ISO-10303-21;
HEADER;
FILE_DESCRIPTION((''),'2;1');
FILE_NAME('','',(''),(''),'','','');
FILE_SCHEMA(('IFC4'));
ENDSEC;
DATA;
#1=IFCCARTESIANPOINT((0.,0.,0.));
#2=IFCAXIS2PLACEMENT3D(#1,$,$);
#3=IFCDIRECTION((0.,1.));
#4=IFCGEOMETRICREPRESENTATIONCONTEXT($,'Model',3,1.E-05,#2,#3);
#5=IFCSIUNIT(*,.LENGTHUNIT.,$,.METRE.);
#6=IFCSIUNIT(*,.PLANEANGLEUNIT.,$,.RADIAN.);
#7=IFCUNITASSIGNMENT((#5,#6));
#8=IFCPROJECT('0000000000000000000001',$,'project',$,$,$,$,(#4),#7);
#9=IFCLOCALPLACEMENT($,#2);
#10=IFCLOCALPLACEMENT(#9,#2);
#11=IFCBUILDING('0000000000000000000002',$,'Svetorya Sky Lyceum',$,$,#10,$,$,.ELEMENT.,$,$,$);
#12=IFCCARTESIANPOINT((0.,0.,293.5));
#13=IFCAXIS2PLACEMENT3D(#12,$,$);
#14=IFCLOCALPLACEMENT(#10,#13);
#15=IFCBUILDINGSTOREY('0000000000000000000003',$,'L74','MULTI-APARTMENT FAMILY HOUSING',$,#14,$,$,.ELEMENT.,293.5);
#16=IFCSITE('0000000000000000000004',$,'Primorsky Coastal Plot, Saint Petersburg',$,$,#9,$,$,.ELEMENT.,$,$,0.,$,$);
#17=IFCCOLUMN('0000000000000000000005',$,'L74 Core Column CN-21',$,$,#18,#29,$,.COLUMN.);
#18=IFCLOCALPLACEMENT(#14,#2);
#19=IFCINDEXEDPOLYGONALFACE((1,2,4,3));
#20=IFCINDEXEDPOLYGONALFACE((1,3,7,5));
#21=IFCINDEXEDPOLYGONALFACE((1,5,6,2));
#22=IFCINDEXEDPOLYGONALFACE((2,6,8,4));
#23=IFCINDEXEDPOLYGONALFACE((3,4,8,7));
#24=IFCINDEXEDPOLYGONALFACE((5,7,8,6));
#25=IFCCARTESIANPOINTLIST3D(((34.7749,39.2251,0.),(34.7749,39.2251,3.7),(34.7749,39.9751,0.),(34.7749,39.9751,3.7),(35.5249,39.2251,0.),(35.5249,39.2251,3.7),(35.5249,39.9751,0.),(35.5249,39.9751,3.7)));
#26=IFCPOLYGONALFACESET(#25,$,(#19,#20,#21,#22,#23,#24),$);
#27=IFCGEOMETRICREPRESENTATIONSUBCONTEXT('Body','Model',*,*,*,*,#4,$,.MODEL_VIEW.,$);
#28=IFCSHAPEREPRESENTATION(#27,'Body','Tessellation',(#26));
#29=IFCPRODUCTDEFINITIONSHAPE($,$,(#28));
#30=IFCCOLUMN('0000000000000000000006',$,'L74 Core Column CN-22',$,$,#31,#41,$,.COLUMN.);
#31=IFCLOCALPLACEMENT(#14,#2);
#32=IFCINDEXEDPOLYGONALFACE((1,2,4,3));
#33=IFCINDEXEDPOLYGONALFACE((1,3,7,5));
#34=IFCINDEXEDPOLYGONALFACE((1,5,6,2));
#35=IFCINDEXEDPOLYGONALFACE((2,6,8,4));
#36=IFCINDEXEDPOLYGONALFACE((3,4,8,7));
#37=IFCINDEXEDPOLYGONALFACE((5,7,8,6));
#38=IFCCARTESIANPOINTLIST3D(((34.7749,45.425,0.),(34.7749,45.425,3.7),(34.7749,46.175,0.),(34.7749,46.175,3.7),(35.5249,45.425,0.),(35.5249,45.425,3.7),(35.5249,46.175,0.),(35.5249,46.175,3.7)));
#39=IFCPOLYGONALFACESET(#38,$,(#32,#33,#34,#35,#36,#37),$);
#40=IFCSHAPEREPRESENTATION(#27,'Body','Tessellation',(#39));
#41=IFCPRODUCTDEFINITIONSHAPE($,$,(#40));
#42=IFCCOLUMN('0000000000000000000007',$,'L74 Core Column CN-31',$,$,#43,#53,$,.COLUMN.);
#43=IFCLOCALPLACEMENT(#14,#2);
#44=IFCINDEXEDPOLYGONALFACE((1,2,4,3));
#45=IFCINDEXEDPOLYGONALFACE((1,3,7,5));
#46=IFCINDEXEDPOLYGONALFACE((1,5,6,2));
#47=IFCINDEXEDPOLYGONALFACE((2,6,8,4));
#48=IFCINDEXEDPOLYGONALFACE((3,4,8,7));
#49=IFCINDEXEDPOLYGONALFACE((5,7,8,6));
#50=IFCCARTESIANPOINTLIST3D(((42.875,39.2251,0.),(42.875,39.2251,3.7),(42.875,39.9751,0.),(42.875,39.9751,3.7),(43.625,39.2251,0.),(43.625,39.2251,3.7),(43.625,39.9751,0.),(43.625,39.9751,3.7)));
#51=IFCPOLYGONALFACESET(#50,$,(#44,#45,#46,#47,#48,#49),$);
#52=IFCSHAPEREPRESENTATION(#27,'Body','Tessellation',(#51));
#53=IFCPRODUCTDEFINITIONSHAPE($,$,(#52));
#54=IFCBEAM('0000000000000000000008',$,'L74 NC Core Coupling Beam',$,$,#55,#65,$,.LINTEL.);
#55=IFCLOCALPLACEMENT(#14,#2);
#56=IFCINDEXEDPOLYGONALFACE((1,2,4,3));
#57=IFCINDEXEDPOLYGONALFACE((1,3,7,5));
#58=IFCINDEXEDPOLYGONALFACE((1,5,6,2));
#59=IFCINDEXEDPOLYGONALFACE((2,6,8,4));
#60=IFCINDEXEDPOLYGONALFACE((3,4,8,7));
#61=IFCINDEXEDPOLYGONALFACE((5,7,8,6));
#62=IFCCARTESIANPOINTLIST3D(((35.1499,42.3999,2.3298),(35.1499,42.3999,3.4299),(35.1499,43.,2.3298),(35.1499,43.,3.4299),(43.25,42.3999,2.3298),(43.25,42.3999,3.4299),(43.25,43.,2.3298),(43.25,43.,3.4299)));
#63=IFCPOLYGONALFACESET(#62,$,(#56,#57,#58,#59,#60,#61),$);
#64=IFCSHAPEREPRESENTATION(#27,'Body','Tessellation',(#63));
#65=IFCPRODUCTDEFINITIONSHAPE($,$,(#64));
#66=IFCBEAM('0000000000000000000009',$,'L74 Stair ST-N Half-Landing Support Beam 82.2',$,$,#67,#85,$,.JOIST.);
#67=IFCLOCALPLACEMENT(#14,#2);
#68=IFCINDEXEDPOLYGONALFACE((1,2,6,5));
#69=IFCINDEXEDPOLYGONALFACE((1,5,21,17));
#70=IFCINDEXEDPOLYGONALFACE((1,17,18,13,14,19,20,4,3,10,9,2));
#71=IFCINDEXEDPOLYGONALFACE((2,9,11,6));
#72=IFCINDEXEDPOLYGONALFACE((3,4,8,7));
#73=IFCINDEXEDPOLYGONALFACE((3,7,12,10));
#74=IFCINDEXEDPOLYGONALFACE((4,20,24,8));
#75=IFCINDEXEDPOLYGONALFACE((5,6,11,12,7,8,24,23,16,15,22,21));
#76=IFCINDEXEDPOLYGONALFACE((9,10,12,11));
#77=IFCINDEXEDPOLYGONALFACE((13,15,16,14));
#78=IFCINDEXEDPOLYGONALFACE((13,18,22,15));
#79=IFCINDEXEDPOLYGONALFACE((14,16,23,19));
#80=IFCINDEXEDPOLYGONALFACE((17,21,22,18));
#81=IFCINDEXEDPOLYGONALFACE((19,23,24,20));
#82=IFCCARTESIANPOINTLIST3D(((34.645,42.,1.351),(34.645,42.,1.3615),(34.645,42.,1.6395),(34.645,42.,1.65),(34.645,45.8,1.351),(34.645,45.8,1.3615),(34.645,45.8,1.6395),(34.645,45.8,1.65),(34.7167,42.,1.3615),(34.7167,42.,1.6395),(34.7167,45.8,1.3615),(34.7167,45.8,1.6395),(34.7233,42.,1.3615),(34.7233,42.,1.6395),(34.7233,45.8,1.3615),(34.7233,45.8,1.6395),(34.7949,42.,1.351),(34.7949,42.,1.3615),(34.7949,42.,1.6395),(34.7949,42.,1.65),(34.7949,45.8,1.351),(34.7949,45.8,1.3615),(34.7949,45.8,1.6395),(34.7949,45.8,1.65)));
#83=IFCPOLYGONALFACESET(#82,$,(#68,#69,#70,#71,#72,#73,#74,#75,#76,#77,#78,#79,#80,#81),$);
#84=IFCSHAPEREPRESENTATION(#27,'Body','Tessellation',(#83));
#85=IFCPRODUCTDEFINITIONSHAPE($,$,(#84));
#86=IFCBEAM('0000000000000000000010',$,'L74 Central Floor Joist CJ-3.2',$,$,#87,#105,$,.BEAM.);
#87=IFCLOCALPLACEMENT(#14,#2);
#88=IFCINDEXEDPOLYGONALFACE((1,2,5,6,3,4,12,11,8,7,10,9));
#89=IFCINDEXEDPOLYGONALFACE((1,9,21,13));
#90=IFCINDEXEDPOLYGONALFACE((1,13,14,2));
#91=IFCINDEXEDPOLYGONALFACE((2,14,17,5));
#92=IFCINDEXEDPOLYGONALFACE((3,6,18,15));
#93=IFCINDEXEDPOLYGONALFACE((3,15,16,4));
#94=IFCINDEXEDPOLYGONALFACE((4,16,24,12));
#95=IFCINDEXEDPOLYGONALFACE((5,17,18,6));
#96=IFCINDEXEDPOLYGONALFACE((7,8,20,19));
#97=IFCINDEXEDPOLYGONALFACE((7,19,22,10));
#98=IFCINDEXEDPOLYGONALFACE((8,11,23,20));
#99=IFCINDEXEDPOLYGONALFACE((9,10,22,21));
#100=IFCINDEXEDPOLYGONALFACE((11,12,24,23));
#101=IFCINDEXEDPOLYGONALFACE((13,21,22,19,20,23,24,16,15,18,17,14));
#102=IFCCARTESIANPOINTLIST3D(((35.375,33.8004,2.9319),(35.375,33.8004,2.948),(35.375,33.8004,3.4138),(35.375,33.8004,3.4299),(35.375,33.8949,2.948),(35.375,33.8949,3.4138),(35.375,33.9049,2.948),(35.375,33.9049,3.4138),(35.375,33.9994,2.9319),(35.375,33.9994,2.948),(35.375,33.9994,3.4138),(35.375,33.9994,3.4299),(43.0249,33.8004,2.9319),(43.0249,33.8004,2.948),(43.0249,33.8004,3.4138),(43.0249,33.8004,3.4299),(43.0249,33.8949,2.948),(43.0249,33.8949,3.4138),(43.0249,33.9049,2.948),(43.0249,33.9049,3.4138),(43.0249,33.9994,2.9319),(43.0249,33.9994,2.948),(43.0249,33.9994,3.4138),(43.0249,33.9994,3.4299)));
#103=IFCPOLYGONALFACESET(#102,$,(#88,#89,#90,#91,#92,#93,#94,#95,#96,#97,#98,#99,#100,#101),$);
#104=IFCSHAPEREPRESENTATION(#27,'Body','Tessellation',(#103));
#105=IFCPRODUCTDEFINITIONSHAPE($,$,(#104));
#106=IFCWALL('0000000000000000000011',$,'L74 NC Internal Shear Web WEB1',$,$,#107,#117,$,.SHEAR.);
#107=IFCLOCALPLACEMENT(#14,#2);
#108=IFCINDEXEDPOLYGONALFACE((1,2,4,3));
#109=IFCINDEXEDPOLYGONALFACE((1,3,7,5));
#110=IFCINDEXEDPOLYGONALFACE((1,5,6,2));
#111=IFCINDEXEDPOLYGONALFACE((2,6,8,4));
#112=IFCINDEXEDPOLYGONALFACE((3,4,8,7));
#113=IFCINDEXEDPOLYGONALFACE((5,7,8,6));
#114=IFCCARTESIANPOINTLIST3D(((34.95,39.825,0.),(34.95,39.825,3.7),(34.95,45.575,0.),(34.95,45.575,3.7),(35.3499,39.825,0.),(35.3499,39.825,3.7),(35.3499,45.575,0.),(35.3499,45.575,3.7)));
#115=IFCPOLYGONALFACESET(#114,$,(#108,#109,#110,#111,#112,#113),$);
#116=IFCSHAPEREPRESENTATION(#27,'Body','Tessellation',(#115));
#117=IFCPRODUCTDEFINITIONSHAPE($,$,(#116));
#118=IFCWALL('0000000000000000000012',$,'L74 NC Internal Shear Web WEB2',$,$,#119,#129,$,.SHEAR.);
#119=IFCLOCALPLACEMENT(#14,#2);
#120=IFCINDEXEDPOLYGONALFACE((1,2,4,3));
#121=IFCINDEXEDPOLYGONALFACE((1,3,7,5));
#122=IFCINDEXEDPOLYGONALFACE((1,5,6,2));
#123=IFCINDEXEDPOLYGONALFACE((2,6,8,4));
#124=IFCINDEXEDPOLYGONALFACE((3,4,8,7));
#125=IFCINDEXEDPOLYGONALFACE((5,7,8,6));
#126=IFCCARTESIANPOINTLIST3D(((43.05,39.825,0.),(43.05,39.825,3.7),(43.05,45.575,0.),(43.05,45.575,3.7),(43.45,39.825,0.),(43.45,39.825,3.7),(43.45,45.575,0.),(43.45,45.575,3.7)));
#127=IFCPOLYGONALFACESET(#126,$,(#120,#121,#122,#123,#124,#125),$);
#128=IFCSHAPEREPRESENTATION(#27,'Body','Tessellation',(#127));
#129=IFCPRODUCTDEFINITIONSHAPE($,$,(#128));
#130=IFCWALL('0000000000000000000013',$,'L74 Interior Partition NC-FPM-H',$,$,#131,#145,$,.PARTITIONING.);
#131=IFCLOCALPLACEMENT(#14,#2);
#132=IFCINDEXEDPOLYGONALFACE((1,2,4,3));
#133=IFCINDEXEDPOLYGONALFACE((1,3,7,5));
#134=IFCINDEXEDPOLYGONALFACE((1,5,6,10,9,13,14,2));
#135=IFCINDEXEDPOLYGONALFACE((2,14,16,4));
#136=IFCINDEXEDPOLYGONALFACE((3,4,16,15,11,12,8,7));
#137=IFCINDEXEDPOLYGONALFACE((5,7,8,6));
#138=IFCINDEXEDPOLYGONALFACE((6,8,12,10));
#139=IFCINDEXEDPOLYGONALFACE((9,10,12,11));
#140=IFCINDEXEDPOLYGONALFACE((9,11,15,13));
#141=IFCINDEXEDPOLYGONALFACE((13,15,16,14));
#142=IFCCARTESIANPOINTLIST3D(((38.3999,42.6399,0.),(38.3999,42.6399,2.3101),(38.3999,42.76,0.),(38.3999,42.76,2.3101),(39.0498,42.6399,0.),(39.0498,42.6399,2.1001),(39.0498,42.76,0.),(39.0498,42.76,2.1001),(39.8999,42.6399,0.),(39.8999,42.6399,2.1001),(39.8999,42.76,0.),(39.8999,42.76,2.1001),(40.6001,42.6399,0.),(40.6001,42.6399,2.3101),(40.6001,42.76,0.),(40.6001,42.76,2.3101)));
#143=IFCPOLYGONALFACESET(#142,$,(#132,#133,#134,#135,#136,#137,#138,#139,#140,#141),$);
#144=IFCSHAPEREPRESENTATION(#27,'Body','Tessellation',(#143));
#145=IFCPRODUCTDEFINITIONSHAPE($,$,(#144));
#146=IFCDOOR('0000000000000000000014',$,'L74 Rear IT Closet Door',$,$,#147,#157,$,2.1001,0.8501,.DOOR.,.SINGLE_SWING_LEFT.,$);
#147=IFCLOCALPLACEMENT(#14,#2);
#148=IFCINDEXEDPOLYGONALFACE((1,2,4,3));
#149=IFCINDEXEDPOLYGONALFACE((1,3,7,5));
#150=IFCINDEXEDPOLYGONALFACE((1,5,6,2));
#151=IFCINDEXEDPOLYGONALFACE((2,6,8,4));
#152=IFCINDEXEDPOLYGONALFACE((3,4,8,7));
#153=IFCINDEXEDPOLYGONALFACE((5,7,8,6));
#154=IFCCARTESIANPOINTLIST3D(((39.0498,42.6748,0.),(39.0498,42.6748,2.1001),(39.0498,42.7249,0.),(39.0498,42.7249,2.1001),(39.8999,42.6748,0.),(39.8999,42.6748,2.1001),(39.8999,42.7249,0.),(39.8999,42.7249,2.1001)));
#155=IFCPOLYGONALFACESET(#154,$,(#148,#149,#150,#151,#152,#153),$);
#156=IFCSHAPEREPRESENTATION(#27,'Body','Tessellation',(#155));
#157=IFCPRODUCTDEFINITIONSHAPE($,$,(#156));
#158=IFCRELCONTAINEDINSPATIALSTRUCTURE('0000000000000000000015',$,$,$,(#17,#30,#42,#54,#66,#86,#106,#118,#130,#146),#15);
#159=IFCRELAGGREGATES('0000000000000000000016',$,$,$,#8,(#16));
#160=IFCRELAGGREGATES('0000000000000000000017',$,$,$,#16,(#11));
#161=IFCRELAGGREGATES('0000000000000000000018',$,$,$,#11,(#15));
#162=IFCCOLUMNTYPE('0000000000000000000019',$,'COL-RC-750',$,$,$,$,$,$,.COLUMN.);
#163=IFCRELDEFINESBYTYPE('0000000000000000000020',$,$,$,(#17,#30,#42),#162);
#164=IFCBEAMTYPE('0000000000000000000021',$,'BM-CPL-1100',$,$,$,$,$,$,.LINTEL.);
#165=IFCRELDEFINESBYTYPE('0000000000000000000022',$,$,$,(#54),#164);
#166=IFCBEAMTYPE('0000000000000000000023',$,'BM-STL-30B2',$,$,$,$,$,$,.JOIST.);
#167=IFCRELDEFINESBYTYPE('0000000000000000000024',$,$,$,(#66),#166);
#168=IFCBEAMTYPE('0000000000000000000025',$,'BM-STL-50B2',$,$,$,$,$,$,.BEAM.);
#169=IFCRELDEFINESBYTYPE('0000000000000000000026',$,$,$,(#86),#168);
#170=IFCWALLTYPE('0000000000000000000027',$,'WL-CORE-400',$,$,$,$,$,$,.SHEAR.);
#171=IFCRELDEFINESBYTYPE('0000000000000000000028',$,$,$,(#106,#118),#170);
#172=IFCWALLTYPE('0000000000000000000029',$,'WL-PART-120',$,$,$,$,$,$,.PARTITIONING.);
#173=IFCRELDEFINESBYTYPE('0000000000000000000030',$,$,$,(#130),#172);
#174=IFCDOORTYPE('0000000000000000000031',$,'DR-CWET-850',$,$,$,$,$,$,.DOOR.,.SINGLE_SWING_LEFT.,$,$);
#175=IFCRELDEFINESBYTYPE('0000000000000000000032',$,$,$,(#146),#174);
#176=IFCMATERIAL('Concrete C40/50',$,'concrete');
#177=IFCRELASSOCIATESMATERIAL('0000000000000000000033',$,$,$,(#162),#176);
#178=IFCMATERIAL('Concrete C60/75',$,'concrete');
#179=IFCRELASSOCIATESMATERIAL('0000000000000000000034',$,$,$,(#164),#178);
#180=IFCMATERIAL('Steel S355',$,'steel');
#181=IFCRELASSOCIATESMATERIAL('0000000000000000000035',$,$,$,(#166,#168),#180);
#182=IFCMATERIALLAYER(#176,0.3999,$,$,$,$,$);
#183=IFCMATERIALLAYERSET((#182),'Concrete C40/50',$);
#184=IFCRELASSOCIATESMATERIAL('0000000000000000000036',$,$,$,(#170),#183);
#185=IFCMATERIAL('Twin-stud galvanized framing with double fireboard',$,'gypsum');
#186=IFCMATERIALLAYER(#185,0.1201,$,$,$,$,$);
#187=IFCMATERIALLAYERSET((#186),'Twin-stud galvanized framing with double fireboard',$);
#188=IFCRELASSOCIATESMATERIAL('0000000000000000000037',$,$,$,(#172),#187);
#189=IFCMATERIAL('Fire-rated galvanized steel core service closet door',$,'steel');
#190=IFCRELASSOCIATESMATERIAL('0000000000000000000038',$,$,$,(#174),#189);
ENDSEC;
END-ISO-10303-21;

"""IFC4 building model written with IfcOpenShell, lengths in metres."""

from ifc_helpers import new_model, si_unit, direction, frame, frame_2d, origin, origin_2d, place, context, subcontext, project, spatial, rectangle, i_section, extrude, material, layer, layer_set, material_profile, profile_set, type_object, element, fill, save


model = new_model("IFC4")

# Units and contexts
model_context = context("Model", 3, precision=1e-05, world=origin(), true_north=direction((0.0, 1.0)))
body_context = subcontext(model_context, "Body", "Model", "MODEL_VIEW")
ifc_project = project(units=[si_unit("LENGTHUNIT", "METRE"), si_unit("PLANEANGLEUNIT", "RADIAN")], contexts=[model_context])

# Site, building, storey
site_placement = place(None, origin())
site = spatial("IfcSite", under=ifc_project, at=site_placement, Name="Primorsky Coastal Plot, Saint Petersburg", CompositionType="ELEMENT", RefElevation=0.0)
building_placement = place(site_placement, origin())
building = spatial("IfcBuilding", under=site, at=building_placement, Name="Svetorya Sky Lyceum", CompositionType="ELEMENT")
storey_placement = place(building_placement, frame((0.0, 0.0, 293.5)))
storey = spatial("IfcBuildingStorey", under=building, at=storey_placement, Name="L74", Description="MULTI-APARTMENT FAMILY HOUSING", CompositionType="ELEMENT", Elevation=293.5)

# Columns
ifc_material_1 = material(Name="Concrete C40/50", Category="concrete")
ifc_material_profile_1 = material_profile(ifc_material_1, rectangle(XDim=0.75, YDim=0.75, at=origin_2d()), Name="RC COL 750x750")
ifc_profile_set_1 = profile_set([ifc_material_profile_1], Name="Concrete C40/50")
column_type = type_object("IfcColumnType", Name="COL-RC-750", PredefinedType="COLUMN", material=ifc_profile_set_1)
for number, where, z_axis, x_axis, name in (
    (1, (35.1499, 39.6001, 0.0), (0.0, 0.0, 1.0), (1.0, 0.0, 0.0), "L74 Core Column CN-21"),
    (2, (35.1499, 45.8, 0.0), (0.0, 0.0, 1.0), (1.0, 0.0, 0.0), "L74 Core Column CN-22"),
    (3, (43.25, 39.6001, 0.0), (0.0, 0.0, 1.0), (1.0, 0.0, 0.0), "L74 Core Column CN-31"),
):
    element("IfcColumn", number, at=place(storey_placement, frame(where, z_axis=z_axis, x_axis=x_axis)), inside=storey, type_object=column_type, Name=name, PredefinedType="COLUMN", context=body_context, shape_type="SweptSolid", body=[
        extrude(rectangle(XDim=0.75, YDim=0.75, at=origin_2d()), origin(), (0.0, 0.0, 1.0), 3.7),
    ])

# Beams
ifc_material_2 = material(Name="Concrete C60/75", Category="concrete")
ifc_material_profile_2 = material_profile(ifc_material_2, rectangle(XDim=0.6001, YDim=1.1001, at=origin_2d()), Name="RC COUPLING 600x1100")
ifc_profile_set_2 = profile_set([ifc_material_profile_2], Name="Concrete C60/75")
beam_type_1 = type_object("IfcBeamType", Name="BM-CPL-1100", PredefinedType="LINTEL", material=ifc_profile_set_2)
beam_1_placement = place(storey_placement, frame((35.1499, 42.7, 2.8799), z_axis=(1.0, 0.0, 0.0), x_axis=(0.0, 1.0, 0.0)))
element("IfcBeam", 4, at=beam_1_placement, inside=storey, type_object=beam_type_1, Name="L74 NC Core Coupling Beam", PredefinedType="LINTEL", context=body_context, shape_type="SweptSolid", body=[
    extrude(rectangle(XDim=0.6001, YDim=1.1001, at=origin_2d()), origin(), (0.0, 0.0, 1.0), 8.1001),
])
ifc_material_3 = material(Name="Steel S355", Category="steel")
ifc_material_profile_3 = material_profile(ifc_material_3, i_section(OverallWidth=0.1499, OverallDepth=0.2991, WebThickness=0.0066, FlangeThickness=0.0105, at=origin_2d()), Name="GOST 30B2")
ifc_profile_set_3 = profile_set([ifc_material_profile_3], Name="Steel S355")
beam_type_2 = type_object("IfcBeamType", Name="BM-STL-30B2", PredefinedType="JOIST", material=ifc_profile_set_3)
beam_2_placement = place(storey_placement, frame((34.72, 42.0, 1.5005), z_axis=(0.0, 1.0, 0.0), x_axis=(-1.0, 0.0, 0.0)))
element("IfcBeam", 5, at=beam_2_placement, inside=storey, type_object=beam_type_2, Name="L74 Stair ST-N Half-Landing Support Beam 82.2", PredefinedType="JOIST", context=body_context, shape_type="SweptSolid", body=[
    extrude(i_section(OverallWidth=0.1499, OverallDepth=0.2991, WebThickness=0.0066, FlangeThickness=0.0105, at=origin_2d()), origin(), (0.0, 0.0, 1.0), 3.8),
])
ifc_material_profile_4 = material_profile(ifc_material_3, i_section(OverallWidth=0.199, OverallDepth=0.498, WebThickness=0.01, FlangeThickness=0.0161, at=origin_2d()), Name="GOST 50B2")
ifc_profile_set_4 = profile_set([ifc_material_profile_4], Name="Steel S355")
beam_type_3 = type_object("IfcBeamType", Name="BM-STL-50B2", PredefinedType="BEAM", material=ifc_profile_set_4)
beam_3_placement = place(storey_placement, frame((35.375, 33.8999, 3.1809), z_axis=(1.0, 0.0, 0.0), x_axis=(0.0, 1.0, 0.0)))
element("IfcBeam", 6, at=beam_3_placement, inside=storey, type_object=beam_type_3, Name="L74 Central Floor Joist CJ-3.2", PredefinedType="BEAM", context=body_context, shape_type="SweptSolid", body=[
    extrude(i_section(OverallWidth=0.199, OverallDepth=0.498, WebThickness=0.01, FlangeThickness=0.0161, at=origin_2d()), origin(), (0.0, 0.0, 1.0), 7.6499),
])

# Walls
ifc_layer_1 = layer(ifc_material_1, 0.3999)
ifc_layer_set_1 = layer_set([ifc_layer_1], Name="Concrete C40/50")
wall_type_1 = type_object("IfcWallType", Name="WL-CORE-400", PredefinedType="SHEAR", material=ifc_layer_set_1)
for number, where, z_axis, x_axis, name in (
    (7, (35.1499, 39.825, 0.0), (0.0, 0.0, 1.0), (0.0, 1.0, 0.0), "L74 NC Internal Shear Web WEB1"),
    (8, (43.25, 39.825, 0.0), (0.0, 0.0, 1.0), (0.0, 1.0, 0.0), "L74 NC Internal Shear Web WEB2"),
):
    element("IfcWall", number, at=place(storey_placement, frame(where, z_axis=z_axis, x_axis=x_axis)), inside=storey, type_object=wall_type_1, Name=name, PredefinedType="SHEAR", context=body_context, shape_type="SweptSolid", body=[
        extrude(rectangle(XDim=5.75, YDim=0.3999, at=frame_2d((2.875, 0.0))), origin(), (0.0, 0.0, 1.0), 3.7),
    ])

# Wall, opening, door
ifc_material_4 = material(Name="Twin-stud galvanized framing with double fireboard", Category="gypsum")
ifc_layer_2 = layer(ifc_material_4, 0.1201)
ifc_layer_set_2 = layer_set([ifc_layer_2], Name="Twin-stud galvanized framing with double fireboard")
wall_type_2 = type_object("IfcWallType", Name="WL-PART-120", PredefinedType="PARTITIONING", material=ifc_layer_set_2)
wall_1_placement = place(storey_placement, frame((38.3999, 42.7, 0.0), z_axis=(0.0, 0.0, 1.0), x_axis=(1.0, 0.0, 0.0)))
wall_1 = element("IfcWall", 9, at=wall_1_placement, inside=storey, type_object=wall_type_2, Name="L74 Interior Partition NC-FPM-H", PredefinedType="PARTITIONING", context=body_context, shape_type="SweptSolid", body=[
    extrude(rectangle(XDim=2.2002, YDim=0.1201, at=frame_2d((1.1001, 0.0))), origin(), (0.0, 0.0, 1.0), 2.3101),
])
opening_1_placement = place(wall_1_placement, frame((0.6499, 0.0, 0.0)))
opening_1 = element("IfcOpeningElement", 10, at=opening_1_placement, cuts=wall_1, PredefinedType="OPENING", context=body_context, shape_type="SweptSolid", body=[
    extrude(rectangle(XDim=0.8501, YDim=2.1001, at=frame_2d((0.425, 1.05))), frame((0.0, 0.0701, 0.0), z_axis=(0.0, -1.0, 0.0), x_axis=(1.0, 0.0, 0.0)), (0.0, 0.0, 1.0), 0.1401),
])
ifc_material_5 = material(Name="Fire-rated galvanized steel core service closet door", Category="steel")
door_type_1 = type_object("IfcDoorType", Name="DR-CWET-850", OperationType="SINGLE_SWING_LEFT", PredefinedType="DOOR", material=ifc_material_5)
door_1_placement = place(opening_1_placement, origin())
door_1 = element("IfcDoor", 11, at=door_1_placement, inside=storey, type_object=door_type_1, Name="L74 Rear IT Closet Door", OperationType="SINGLE_SWING_LEFT", OverallHeight=2.1001, OverallWidth=0.8501, PredefinedType="DOOR", context=body_context, shape_type="SweptSolid", body=[
    extrude(rectangle(XDim=0.8501, YDim=2.1001, at=frame_2d((0.425, 1.05))), frame((0.0, 0.0249, 0.0), z_axis=(0.0, -1.0, 0.0), x_axis=(1.0, 0.0, 0.0)), (0.0, 0.0, 1.0), 0.05),
])
fill(opening_1, door_1)

save(model, "model.ifc")
